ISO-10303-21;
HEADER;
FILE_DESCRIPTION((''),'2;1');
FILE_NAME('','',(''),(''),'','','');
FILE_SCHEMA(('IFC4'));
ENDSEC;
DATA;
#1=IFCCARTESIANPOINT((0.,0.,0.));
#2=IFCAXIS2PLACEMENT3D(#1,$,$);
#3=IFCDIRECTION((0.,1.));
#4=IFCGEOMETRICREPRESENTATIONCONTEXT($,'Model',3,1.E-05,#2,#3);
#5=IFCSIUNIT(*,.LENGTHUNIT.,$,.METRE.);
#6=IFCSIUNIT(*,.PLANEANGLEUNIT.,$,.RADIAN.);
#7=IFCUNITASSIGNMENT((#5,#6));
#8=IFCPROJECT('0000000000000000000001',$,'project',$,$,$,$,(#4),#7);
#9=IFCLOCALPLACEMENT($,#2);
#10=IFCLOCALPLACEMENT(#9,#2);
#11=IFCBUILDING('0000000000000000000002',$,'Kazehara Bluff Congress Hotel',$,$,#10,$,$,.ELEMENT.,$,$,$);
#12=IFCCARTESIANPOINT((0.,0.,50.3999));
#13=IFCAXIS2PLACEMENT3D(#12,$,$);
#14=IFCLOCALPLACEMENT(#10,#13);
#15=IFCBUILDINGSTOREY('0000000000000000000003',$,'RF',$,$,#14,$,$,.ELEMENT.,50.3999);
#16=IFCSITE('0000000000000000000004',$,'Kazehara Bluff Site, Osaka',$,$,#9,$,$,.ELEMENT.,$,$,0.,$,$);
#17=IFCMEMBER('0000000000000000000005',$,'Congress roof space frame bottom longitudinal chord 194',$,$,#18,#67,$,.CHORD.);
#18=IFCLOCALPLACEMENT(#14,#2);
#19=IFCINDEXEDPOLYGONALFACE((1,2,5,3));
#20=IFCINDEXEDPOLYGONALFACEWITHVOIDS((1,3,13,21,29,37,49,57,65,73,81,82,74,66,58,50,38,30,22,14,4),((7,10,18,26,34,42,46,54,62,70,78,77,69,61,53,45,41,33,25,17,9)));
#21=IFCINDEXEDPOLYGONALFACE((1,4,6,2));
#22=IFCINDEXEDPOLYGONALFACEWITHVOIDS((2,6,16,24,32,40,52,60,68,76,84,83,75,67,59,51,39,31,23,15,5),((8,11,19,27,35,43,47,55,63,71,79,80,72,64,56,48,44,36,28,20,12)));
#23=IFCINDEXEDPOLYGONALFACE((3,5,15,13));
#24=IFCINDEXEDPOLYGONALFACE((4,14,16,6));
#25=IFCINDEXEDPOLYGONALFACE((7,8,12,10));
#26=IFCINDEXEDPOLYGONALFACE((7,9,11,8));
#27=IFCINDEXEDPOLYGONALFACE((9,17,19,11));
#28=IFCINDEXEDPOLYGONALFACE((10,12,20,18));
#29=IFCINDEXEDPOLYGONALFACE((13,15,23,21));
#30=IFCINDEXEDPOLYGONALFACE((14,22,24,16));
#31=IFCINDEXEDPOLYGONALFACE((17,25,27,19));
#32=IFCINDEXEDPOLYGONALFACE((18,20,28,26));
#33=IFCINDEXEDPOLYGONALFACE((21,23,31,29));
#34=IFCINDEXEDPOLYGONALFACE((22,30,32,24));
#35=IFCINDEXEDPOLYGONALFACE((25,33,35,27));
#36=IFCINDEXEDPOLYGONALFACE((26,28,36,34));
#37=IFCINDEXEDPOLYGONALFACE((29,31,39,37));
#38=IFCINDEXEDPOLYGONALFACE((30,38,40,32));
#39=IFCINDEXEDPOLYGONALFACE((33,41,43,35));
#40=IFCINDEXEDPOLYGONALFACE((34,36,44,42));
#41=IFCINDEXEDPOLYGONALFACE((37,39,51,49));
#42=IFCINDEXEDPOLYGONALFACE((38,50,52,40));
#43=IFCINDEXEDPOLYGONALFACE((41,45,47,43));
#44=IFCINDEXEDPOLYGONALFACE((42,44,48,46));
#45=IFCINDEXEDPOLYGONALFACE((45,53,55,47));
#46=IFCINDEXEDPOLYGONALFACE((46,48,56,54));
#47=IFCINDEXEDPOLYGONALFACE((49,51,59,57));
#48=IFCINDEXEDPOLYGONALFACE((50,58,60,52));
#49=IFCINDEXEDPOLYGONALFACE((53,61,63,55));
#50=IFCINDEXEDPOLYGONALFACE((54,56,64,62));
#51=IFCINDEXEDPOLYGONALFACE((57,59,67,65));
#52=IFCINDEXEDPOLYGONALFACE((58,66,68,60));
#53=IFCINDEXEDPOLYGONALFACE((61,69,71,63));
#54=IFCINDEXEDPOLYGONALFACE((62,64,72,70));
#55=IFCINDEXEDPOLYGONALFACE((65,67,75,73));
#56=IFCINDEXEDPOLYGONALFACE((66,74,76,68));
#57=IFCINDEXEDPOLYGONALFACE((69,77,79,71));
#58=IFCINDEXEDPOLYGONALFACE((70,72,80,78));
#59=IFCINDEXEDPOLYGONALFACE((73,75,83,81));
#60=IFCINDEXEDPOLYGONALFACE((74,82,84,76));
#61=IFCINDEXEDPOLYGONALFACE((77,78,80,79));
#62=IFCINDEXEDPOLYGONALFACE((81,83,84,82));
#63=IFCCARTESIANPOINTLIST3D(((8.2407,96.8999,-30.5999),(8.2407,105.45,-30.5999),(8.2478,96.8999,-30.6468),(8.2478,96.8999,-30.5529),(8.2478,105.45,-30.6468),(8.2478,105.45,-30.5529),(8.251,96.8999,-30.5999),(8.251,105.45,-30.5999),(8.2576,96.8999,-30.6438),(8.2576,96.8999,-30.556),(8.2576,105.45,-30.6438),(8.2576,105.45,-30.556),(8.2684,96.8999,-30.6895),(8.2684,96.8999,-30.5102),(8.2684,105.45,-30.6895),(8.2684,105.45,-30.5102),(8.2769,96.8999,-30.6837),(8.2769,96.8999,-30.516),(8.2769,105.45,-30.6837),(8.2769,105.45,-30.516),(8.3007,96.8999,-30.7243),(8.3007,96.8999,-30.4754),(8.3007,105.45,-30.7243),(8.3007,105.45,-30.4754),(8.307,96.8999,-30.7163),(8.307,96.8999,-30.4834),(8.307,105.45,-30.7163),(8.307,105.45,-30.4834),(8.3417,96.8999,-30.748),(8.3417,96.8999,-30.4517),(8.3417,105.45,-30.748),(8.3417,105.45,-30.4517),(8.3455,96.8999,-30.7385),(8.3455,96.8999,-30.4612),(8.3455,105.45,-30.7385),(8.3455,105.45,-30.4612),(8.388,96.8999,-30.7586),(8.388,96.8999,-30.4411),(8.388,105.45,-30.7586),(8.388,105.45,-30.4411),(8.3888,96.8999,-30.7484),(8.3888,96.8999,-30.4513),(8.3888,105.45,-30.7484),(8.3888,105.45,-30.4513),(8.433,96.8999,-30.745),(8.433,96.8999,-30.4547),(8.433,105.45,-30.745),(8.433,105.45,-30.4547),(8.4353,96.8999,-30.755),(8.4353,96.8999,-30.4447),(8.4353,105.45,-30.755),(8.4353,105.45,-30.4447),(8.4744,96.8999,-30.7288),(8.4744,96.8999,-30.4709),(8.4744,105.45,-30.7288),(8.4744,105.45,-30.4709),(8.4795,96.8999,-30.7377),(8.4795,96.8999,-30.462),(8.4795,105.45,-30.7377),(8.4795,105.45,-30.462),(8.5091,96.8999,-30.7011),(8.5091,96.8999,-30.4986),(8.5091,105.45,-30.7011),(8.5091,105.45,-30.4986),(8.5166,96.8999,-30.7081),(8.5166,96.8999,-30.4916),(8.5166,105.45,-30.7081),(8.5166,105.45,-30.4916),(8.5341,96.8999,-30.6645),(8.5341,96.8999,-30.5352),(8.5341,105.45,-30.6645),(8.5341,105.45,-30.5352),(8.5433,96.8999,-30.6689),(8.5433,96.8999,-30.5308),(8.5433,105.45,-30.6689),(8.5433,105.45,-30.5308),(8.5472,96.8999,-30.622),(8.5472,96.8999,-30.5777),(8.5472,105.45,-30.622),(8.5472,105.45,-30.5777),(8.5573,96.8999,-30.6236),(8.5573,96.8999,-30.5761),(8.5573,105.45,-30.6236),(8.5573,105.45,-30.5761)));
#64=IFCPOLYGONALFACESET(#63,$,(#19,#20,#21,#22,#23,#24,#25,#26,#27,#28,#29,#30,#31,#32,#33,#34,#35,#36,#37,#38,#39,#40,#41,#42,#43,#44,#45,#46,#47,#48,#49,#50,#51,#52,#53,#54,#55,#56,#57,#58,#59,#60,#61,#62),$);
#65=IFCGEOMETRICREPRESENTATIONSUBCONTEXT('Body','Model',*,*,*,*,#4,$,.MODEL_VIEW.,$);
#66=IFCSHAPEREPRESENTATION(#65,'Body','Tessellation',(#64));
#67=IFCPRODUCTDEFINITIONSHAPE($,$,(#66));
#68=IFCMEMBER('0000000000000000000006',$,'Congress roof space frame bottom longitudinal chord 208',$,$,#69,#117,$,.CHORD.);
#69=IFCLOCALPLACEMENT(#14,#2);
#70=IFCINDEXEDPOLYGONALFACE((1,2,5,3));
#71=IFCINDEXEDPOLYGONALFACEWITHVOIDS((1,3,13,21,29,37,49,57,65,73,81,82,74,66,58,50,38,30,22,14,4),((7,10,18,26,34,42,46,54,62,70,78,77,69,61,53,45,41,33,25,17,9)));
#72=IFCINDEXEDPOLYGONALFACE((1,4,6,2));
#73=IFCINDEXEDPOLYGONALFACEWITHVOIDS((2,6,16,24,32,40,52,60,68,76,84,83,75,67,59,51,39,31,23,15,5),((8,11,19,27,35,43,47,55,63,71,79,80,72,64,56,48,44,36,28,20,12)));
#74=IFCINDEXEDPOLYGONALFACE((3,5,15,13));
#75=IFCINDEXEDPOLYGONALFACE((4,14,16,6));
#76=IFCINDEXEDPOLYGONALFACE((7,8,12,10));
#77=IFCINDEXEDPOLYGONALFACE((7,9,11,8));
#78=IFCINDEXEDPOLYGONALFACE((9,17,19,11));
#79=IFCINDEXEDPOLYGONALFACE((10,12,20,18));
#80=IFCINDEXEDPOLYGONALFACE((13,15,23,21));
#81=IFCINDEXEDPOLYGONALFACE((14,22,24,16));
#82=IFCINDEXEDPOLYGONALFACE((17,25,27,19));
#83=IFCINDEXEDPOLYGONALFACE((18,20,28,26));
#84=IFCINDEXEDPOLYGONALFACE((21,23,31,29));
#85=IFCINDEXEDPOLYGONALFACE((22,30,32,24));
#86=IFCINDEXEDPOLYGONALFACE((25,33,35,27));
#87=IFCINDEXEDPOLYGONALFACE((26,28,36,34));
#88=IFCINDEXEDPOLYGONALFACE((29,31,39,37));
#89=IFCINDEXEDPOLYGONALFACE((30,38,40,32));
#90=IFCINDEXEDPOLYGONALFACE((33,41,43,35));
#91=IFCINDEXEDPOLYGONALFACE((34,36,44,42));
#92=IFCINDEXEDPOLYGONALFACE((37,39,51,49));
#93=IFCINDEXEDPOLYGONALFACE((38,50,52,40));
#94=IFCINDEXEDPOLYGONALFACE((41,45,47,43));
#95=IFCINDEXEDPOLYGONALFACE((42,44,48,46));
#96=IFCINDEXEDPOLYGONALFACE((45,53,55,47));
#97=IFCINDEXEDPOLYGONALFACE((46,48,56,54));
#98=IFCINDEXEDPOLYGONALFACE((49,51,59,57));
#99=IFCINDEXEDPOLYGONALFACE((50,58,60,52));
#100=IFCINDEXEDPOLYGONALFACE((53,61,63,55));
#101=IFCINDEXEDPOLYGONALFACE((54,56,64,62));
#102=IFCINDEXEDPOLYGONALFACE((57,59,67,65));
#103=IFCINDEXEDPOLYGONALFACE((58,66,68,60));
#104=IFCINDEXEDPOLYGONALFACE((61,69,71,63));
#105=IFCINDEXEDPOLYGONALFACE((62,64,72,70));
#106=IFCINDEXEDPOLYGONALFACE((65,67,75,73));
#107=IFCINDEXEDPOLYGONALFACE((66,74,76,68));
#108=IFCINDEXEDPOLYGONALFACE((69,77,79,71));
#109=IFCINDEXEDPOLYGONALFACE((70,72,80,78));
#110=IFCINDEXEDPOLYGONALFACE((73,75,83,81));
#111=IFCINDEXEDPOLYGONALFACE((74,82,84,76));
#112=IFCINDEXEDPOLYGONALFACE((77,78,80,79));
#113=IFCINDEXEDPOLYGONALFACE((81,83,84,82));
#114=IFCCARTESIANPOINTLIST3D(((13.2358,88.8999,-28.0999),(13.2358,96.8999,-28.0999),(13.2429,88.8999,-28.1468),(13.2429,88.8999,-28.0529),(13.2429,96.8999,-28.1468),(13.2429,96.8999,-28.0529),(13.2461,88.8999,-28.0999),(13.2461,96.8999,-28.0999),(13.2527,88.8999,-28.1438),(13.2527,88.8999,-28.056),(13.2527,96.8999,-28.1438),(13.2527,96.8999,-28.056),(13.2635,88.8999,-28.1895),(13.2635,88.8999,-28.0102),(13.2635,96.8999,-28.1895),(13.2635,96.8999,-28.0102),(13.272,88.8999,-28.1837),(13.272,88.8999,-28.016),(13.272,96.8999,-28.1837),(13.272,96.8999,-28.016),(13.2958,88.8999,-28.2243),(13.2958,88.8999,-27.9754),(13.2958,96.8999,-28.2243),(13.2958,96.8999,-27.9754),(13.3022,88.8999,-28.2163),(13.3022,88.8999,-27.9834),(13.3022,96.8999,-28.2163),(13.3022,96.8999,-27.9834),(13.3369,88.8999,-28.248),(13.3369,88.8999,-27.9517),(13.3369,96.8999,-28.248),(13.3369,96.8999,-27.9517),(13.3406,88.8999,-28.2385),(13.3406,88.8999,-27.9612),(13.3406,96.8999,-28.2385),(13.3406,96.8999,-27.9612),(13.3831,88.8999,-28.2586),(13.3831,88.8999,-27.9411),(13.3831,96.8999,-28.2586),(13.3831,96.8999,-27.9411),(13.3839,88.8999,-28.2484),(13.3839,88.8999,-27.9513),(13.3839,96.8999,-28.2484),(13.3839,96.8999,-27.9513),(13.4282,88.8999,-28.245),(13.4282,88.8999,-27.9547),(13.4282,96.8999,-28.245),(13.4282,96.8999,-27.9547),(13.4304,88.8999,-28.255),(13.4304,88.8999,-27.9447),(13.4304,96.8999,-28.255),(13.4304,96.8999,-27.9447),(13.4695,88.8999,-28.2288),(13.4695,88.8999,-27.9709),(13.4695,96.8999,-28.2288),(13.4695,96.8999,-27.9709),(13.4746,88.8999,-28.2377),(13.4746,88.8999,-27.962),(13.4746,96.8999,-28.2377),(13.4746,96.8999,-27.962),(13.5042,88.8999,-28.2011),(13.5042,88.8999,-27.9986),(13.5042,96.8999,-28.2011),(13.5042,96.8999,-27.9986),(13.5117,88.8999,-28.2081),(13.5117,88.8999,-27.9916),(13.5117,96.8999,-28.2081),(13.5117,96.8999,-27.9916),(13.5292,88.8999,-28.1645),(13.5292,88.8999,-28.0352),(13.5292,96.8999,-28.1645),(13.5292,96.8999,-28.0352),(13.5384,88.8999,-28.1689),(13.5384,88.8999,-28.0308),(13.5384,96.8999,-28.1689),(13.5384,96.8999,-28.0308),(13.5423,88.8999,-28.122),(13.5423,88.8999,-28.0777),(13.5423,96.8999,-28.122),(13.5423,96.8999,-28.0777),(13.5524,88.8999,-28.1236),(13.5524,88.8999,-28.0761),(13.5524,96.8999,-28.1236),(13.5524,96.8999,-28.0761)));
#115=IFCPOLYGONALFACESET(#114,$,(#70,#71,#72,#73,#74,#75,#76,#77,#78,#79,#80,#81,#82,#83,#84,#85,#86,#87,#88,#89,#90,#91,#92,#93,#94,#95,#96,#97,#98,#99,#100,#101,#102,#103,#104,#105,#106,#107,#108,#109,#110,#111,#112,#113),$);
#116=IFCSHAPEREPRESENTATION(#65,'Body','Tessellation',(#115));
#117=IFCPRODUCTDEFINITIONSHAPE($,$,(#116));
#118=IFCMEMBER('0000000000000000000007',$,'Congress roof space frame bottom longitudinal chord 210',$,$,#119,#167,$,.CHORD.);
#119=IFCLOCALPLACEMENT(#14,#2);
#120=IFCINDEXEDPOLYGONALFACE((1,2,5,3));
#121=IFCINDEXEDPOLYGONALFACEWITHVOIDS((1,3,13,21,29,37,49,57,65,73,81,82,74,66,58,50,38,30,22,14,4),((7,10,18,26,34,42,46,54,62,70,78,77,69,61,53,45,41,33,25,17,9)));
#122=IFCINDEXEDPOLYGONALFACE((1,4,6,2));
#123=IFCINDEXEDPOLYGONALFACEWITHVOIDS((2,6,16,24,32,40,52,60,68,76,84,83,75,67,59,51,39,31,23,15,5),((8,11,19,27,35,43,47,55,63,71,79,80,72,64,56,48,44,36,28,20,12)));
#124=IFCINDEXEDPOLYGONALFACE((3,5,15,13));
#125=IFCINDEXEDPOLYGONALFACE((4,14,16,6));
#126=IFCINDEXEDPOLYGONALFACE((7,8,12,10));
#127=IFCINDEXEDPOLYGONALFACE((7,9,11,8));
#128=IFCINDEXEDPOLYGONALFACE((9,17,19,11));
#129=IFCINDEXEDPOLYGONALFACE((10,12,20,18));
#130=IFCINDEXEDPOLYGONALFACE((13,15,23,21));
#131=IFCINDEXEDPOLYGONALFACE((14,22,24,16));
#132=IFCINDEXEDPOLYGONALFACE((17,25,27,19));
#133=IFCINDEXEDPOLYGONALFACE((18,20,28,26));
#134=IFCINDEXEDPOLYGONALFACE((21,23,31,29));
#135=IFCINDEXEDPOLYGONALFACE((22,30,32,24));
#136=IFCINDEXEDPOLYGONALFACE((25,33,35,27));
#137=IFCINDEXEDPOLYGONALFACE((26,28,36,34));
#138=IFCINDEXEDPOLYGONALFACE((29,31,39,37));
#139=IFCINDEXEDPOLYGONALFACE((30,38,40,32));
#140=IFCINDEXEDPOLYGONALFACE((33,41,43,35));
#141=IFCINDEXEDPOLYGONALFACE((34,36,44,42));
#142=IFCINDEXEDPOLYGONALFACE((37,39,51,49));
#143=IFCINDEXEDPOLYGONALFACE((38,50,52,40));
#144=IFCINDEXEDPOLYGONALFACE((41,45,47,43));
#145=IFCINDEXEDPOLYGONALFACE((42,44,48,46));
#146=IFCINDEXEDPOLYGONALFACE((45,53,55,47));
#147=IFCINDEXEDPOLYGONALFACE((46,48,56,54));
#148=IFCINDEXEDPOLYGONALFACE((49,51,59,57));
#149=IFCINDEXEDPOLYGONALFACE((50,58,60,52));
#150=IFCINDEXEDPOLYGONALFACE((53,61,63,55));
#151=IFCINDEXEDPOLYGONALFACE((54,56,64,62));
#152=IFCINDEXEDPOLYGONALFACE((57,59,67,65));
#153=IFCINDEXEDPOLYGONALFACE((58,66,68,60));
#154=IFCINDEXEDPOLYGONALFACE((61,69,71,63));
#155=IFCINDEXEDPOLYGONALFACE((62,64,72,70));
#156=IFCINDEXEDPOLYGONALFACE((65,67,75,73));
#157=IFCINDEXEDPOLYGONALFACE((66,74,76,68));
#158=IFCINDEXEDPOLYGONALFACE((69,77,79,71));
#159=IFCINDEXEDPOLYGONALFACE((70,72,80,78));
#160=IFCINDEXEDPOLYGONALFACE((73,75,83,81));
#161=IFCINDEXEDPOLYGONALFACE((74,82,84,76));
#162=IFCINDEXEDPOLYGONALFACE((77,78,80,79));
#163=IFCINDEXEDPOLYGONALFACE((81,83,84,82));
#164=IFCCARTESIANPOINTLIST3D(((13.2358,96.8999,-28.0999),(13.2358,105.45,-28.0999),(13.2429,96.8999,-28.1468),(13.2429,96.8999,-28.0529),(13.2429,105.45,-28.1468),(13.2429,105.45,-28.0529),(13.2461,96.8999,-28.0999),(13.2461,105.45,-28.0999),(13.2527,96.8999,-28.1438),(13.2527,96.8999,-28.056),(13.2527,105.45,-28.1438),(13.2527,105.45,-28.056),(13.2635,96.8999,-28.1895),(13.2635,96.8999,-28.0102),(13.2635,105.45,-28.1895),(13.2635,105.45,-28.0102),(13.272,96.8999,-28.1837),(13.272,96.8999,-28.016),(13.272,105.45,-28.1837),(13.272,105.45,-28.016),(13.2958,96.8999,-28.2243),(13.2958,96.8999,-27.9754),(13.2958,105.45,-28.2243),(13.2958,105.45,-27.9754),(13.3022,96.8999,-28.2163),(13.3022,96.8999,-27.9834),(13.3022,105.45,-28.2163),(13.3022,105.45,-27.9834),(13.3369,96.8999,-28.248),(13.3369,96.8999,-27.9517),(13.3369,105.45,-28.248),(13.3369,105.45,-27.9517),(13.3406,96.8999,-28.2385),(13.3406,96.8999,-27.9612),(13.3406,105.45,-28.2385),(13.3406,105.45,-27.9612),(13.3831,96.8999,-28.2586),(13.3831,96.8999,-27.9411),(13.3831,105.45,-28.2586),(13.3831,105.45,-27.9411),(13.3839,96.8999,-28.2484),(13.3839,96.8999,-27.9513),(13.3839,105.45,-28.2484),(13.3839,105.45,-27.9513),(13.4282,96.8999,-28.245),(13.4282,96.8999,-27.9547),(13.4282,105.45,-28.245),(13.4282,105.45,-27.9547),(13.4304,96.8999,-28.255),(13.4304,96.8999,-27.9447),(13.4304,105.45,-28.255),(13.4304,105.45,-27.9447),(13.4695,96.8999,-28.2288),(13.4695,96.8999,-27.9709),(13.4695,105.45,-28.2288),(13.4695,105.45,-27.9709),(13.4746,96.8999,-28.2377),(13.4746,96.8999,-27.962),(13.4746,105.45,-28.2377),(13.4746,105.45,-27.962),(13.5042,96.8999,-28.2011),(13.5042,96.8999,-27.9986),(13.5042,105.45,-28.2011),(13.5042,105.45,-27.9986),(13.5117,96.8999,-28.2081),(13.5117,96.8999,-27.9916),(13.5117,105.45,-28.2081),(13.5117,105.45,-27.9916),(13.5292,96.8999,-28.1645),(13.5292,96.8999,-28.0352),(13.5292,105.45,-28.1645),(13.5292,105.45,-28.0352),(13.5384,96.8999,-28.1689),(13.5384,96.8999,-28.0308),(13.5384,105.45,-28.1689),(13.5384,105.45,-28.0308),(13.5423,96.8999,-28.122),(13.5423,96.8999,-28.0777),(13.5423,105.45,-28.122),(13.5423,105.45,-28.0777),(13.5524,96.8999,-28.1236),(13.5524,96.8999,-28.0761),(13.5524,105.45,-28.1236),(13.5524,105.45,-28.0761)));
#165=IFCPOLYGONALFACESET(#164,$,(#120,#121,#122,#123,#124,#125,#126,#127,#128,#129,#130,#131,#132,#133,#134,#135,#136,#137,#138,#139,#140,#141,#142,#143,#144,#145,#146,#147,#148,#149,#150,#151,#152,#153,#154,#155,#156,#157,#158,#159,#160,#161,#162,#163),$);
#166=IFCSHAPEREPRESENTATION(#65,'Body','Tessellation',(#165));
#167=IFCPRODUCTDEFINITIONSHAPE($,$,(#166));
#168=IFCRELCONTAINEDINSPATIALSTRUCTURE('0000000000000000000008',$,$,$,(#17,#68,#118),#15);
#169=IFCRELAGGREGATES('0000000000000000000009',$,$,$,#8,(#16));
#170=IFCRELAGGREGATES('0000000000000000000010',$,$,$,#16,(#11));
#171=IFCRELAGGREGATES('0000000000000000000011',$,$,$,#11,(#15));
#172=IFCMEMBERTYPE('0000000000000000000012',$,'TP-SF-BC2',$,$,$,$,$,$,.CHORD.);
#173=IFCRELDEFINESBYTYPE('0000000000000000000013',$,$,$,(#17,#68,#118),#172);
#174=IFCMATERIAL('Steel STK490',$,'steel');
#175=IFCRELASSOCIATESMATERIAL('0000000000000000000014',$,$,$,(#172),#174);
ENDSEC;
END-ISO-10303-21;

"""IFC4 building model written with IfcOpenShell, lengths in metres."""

from ifc_helpers import new_model, si_unit, direction, frame, origin, origin_2d, place, context, subcontext, project, spatial, hollow_circle, extrude, material, material_profile, profile_set, type_object, element, save


model = new_model("IFC4")

# Units and contexts
model_context = context("Model", 3, precision=1e-05, world=origin(), true_north=direction((0.0, 1.0)))
body_context = subcontext(model_context, "Body", "Model", "MODEL_VIEW")
ifc_project = project(units=[si_unit("LENGTHUNIT", "METRE"), si_unit("PLANEANGLEUNIT", "RADIAN")], contexts=[model_context])

# Site, building, storey
site_placement = place(None, origin())
site = spatial("IfcSite", under=ifc_project, at=site_placement, Name="Kazehara Bluff Site, Osaka", CompositionType="ELEMENT", RefElevation=0.0)
building_placement = place(site_placement, origin())
building = spatial("IfcBuilding", under=site, at=building_placement, Name="Kazehara Bluff Congress Hotel", CompositionType="ELEMENT")
storey_placement = place(building_placement, frame((0.0, 0.0, 50.3999)))
storey = spatial("IfcBuildingStorey", under=building, at=storey_placement, Name="RF", CompositionType="ELEMENT", Elevation=50.3999)

# Members
ifc_material_1 = material(Name="Steel STK490", Category="steel")
ifc_material_profile_1 = material_profile(ifc_material_1, hollow_circle(Radius=0.1592, WallThickness=0.0103, at=origin_2d()))
ifc_profile_set_1 = profile_set([ifc_material_profile_1], Name="Steel STK490")
member_type_1 = type_object("IfcMemberType", Name="TP-SF-BC2", PredefinedType="CHORD", material=ifc_profile_set_1)
member_1_placement = place(storey_placement, frame((8.3999, 96.8999, -30.5999), z_axis=(0.0, 1.0, 0.0), x_axis=(-1.0, 0.0, 0.0)))
element("IfcMember", 1, at=member_1_placement, inside=storey, type_object=member_type_1, Name="Congress roof space frame bottom longitudinal chord 194", PredefinedType="CHORD", context=body_context, shape_type="SweptSolid", body=[
    extrude(hollow_circle(Radius=0.1592, WallThickness=0.0103, at=origin_2d()), origin(), (0.0, 0.0, 1.0), 8.55),
])
member_2_placement = place(storey_placement, frame((13.395, 88.8999, -28.0999), z_axis=(0.0, 1.0, 0.0), x_axis=(-1.0, 0.0, 0.0)))
element("IfcMember", 2, at=member_2_placement, inside=storey, type_object=member_type_1, Name="Congress roof space frame bottom longitudinal chord 208", PredefinedType="CHORD", context=body_context, shape_type="SweptSolid", body=[
    extrude(hollow_circle(Radius=0.1592, WallThickness=0.0103, at=origin_2d()), origin(), (0.0, 0.0, 1.0), 8.0),
])
member_3_placement = place(storey_placement, frame((13.395, 96.8999, -28.0999), z_axis=(0.0, 1.0, 0.0), x_axis=(-1.0, 0.0, 0.0)))
element("IfcMember", 3, at=member_3_placement, inside=storey, type_object=member_type_1, Name="Congress roof space frame bottom longitudinal chord 210", PredefinedType="CHORD", context=body_context, shape_type="SweptSolid", body=[
    extrude(hollow_circle(Radius=0.1592, WallThickness=0.0103, at=origin_2d()), origin(), (0.0, 0.0, 1.0), 8.55),
])

save(model, "model.ifc")
